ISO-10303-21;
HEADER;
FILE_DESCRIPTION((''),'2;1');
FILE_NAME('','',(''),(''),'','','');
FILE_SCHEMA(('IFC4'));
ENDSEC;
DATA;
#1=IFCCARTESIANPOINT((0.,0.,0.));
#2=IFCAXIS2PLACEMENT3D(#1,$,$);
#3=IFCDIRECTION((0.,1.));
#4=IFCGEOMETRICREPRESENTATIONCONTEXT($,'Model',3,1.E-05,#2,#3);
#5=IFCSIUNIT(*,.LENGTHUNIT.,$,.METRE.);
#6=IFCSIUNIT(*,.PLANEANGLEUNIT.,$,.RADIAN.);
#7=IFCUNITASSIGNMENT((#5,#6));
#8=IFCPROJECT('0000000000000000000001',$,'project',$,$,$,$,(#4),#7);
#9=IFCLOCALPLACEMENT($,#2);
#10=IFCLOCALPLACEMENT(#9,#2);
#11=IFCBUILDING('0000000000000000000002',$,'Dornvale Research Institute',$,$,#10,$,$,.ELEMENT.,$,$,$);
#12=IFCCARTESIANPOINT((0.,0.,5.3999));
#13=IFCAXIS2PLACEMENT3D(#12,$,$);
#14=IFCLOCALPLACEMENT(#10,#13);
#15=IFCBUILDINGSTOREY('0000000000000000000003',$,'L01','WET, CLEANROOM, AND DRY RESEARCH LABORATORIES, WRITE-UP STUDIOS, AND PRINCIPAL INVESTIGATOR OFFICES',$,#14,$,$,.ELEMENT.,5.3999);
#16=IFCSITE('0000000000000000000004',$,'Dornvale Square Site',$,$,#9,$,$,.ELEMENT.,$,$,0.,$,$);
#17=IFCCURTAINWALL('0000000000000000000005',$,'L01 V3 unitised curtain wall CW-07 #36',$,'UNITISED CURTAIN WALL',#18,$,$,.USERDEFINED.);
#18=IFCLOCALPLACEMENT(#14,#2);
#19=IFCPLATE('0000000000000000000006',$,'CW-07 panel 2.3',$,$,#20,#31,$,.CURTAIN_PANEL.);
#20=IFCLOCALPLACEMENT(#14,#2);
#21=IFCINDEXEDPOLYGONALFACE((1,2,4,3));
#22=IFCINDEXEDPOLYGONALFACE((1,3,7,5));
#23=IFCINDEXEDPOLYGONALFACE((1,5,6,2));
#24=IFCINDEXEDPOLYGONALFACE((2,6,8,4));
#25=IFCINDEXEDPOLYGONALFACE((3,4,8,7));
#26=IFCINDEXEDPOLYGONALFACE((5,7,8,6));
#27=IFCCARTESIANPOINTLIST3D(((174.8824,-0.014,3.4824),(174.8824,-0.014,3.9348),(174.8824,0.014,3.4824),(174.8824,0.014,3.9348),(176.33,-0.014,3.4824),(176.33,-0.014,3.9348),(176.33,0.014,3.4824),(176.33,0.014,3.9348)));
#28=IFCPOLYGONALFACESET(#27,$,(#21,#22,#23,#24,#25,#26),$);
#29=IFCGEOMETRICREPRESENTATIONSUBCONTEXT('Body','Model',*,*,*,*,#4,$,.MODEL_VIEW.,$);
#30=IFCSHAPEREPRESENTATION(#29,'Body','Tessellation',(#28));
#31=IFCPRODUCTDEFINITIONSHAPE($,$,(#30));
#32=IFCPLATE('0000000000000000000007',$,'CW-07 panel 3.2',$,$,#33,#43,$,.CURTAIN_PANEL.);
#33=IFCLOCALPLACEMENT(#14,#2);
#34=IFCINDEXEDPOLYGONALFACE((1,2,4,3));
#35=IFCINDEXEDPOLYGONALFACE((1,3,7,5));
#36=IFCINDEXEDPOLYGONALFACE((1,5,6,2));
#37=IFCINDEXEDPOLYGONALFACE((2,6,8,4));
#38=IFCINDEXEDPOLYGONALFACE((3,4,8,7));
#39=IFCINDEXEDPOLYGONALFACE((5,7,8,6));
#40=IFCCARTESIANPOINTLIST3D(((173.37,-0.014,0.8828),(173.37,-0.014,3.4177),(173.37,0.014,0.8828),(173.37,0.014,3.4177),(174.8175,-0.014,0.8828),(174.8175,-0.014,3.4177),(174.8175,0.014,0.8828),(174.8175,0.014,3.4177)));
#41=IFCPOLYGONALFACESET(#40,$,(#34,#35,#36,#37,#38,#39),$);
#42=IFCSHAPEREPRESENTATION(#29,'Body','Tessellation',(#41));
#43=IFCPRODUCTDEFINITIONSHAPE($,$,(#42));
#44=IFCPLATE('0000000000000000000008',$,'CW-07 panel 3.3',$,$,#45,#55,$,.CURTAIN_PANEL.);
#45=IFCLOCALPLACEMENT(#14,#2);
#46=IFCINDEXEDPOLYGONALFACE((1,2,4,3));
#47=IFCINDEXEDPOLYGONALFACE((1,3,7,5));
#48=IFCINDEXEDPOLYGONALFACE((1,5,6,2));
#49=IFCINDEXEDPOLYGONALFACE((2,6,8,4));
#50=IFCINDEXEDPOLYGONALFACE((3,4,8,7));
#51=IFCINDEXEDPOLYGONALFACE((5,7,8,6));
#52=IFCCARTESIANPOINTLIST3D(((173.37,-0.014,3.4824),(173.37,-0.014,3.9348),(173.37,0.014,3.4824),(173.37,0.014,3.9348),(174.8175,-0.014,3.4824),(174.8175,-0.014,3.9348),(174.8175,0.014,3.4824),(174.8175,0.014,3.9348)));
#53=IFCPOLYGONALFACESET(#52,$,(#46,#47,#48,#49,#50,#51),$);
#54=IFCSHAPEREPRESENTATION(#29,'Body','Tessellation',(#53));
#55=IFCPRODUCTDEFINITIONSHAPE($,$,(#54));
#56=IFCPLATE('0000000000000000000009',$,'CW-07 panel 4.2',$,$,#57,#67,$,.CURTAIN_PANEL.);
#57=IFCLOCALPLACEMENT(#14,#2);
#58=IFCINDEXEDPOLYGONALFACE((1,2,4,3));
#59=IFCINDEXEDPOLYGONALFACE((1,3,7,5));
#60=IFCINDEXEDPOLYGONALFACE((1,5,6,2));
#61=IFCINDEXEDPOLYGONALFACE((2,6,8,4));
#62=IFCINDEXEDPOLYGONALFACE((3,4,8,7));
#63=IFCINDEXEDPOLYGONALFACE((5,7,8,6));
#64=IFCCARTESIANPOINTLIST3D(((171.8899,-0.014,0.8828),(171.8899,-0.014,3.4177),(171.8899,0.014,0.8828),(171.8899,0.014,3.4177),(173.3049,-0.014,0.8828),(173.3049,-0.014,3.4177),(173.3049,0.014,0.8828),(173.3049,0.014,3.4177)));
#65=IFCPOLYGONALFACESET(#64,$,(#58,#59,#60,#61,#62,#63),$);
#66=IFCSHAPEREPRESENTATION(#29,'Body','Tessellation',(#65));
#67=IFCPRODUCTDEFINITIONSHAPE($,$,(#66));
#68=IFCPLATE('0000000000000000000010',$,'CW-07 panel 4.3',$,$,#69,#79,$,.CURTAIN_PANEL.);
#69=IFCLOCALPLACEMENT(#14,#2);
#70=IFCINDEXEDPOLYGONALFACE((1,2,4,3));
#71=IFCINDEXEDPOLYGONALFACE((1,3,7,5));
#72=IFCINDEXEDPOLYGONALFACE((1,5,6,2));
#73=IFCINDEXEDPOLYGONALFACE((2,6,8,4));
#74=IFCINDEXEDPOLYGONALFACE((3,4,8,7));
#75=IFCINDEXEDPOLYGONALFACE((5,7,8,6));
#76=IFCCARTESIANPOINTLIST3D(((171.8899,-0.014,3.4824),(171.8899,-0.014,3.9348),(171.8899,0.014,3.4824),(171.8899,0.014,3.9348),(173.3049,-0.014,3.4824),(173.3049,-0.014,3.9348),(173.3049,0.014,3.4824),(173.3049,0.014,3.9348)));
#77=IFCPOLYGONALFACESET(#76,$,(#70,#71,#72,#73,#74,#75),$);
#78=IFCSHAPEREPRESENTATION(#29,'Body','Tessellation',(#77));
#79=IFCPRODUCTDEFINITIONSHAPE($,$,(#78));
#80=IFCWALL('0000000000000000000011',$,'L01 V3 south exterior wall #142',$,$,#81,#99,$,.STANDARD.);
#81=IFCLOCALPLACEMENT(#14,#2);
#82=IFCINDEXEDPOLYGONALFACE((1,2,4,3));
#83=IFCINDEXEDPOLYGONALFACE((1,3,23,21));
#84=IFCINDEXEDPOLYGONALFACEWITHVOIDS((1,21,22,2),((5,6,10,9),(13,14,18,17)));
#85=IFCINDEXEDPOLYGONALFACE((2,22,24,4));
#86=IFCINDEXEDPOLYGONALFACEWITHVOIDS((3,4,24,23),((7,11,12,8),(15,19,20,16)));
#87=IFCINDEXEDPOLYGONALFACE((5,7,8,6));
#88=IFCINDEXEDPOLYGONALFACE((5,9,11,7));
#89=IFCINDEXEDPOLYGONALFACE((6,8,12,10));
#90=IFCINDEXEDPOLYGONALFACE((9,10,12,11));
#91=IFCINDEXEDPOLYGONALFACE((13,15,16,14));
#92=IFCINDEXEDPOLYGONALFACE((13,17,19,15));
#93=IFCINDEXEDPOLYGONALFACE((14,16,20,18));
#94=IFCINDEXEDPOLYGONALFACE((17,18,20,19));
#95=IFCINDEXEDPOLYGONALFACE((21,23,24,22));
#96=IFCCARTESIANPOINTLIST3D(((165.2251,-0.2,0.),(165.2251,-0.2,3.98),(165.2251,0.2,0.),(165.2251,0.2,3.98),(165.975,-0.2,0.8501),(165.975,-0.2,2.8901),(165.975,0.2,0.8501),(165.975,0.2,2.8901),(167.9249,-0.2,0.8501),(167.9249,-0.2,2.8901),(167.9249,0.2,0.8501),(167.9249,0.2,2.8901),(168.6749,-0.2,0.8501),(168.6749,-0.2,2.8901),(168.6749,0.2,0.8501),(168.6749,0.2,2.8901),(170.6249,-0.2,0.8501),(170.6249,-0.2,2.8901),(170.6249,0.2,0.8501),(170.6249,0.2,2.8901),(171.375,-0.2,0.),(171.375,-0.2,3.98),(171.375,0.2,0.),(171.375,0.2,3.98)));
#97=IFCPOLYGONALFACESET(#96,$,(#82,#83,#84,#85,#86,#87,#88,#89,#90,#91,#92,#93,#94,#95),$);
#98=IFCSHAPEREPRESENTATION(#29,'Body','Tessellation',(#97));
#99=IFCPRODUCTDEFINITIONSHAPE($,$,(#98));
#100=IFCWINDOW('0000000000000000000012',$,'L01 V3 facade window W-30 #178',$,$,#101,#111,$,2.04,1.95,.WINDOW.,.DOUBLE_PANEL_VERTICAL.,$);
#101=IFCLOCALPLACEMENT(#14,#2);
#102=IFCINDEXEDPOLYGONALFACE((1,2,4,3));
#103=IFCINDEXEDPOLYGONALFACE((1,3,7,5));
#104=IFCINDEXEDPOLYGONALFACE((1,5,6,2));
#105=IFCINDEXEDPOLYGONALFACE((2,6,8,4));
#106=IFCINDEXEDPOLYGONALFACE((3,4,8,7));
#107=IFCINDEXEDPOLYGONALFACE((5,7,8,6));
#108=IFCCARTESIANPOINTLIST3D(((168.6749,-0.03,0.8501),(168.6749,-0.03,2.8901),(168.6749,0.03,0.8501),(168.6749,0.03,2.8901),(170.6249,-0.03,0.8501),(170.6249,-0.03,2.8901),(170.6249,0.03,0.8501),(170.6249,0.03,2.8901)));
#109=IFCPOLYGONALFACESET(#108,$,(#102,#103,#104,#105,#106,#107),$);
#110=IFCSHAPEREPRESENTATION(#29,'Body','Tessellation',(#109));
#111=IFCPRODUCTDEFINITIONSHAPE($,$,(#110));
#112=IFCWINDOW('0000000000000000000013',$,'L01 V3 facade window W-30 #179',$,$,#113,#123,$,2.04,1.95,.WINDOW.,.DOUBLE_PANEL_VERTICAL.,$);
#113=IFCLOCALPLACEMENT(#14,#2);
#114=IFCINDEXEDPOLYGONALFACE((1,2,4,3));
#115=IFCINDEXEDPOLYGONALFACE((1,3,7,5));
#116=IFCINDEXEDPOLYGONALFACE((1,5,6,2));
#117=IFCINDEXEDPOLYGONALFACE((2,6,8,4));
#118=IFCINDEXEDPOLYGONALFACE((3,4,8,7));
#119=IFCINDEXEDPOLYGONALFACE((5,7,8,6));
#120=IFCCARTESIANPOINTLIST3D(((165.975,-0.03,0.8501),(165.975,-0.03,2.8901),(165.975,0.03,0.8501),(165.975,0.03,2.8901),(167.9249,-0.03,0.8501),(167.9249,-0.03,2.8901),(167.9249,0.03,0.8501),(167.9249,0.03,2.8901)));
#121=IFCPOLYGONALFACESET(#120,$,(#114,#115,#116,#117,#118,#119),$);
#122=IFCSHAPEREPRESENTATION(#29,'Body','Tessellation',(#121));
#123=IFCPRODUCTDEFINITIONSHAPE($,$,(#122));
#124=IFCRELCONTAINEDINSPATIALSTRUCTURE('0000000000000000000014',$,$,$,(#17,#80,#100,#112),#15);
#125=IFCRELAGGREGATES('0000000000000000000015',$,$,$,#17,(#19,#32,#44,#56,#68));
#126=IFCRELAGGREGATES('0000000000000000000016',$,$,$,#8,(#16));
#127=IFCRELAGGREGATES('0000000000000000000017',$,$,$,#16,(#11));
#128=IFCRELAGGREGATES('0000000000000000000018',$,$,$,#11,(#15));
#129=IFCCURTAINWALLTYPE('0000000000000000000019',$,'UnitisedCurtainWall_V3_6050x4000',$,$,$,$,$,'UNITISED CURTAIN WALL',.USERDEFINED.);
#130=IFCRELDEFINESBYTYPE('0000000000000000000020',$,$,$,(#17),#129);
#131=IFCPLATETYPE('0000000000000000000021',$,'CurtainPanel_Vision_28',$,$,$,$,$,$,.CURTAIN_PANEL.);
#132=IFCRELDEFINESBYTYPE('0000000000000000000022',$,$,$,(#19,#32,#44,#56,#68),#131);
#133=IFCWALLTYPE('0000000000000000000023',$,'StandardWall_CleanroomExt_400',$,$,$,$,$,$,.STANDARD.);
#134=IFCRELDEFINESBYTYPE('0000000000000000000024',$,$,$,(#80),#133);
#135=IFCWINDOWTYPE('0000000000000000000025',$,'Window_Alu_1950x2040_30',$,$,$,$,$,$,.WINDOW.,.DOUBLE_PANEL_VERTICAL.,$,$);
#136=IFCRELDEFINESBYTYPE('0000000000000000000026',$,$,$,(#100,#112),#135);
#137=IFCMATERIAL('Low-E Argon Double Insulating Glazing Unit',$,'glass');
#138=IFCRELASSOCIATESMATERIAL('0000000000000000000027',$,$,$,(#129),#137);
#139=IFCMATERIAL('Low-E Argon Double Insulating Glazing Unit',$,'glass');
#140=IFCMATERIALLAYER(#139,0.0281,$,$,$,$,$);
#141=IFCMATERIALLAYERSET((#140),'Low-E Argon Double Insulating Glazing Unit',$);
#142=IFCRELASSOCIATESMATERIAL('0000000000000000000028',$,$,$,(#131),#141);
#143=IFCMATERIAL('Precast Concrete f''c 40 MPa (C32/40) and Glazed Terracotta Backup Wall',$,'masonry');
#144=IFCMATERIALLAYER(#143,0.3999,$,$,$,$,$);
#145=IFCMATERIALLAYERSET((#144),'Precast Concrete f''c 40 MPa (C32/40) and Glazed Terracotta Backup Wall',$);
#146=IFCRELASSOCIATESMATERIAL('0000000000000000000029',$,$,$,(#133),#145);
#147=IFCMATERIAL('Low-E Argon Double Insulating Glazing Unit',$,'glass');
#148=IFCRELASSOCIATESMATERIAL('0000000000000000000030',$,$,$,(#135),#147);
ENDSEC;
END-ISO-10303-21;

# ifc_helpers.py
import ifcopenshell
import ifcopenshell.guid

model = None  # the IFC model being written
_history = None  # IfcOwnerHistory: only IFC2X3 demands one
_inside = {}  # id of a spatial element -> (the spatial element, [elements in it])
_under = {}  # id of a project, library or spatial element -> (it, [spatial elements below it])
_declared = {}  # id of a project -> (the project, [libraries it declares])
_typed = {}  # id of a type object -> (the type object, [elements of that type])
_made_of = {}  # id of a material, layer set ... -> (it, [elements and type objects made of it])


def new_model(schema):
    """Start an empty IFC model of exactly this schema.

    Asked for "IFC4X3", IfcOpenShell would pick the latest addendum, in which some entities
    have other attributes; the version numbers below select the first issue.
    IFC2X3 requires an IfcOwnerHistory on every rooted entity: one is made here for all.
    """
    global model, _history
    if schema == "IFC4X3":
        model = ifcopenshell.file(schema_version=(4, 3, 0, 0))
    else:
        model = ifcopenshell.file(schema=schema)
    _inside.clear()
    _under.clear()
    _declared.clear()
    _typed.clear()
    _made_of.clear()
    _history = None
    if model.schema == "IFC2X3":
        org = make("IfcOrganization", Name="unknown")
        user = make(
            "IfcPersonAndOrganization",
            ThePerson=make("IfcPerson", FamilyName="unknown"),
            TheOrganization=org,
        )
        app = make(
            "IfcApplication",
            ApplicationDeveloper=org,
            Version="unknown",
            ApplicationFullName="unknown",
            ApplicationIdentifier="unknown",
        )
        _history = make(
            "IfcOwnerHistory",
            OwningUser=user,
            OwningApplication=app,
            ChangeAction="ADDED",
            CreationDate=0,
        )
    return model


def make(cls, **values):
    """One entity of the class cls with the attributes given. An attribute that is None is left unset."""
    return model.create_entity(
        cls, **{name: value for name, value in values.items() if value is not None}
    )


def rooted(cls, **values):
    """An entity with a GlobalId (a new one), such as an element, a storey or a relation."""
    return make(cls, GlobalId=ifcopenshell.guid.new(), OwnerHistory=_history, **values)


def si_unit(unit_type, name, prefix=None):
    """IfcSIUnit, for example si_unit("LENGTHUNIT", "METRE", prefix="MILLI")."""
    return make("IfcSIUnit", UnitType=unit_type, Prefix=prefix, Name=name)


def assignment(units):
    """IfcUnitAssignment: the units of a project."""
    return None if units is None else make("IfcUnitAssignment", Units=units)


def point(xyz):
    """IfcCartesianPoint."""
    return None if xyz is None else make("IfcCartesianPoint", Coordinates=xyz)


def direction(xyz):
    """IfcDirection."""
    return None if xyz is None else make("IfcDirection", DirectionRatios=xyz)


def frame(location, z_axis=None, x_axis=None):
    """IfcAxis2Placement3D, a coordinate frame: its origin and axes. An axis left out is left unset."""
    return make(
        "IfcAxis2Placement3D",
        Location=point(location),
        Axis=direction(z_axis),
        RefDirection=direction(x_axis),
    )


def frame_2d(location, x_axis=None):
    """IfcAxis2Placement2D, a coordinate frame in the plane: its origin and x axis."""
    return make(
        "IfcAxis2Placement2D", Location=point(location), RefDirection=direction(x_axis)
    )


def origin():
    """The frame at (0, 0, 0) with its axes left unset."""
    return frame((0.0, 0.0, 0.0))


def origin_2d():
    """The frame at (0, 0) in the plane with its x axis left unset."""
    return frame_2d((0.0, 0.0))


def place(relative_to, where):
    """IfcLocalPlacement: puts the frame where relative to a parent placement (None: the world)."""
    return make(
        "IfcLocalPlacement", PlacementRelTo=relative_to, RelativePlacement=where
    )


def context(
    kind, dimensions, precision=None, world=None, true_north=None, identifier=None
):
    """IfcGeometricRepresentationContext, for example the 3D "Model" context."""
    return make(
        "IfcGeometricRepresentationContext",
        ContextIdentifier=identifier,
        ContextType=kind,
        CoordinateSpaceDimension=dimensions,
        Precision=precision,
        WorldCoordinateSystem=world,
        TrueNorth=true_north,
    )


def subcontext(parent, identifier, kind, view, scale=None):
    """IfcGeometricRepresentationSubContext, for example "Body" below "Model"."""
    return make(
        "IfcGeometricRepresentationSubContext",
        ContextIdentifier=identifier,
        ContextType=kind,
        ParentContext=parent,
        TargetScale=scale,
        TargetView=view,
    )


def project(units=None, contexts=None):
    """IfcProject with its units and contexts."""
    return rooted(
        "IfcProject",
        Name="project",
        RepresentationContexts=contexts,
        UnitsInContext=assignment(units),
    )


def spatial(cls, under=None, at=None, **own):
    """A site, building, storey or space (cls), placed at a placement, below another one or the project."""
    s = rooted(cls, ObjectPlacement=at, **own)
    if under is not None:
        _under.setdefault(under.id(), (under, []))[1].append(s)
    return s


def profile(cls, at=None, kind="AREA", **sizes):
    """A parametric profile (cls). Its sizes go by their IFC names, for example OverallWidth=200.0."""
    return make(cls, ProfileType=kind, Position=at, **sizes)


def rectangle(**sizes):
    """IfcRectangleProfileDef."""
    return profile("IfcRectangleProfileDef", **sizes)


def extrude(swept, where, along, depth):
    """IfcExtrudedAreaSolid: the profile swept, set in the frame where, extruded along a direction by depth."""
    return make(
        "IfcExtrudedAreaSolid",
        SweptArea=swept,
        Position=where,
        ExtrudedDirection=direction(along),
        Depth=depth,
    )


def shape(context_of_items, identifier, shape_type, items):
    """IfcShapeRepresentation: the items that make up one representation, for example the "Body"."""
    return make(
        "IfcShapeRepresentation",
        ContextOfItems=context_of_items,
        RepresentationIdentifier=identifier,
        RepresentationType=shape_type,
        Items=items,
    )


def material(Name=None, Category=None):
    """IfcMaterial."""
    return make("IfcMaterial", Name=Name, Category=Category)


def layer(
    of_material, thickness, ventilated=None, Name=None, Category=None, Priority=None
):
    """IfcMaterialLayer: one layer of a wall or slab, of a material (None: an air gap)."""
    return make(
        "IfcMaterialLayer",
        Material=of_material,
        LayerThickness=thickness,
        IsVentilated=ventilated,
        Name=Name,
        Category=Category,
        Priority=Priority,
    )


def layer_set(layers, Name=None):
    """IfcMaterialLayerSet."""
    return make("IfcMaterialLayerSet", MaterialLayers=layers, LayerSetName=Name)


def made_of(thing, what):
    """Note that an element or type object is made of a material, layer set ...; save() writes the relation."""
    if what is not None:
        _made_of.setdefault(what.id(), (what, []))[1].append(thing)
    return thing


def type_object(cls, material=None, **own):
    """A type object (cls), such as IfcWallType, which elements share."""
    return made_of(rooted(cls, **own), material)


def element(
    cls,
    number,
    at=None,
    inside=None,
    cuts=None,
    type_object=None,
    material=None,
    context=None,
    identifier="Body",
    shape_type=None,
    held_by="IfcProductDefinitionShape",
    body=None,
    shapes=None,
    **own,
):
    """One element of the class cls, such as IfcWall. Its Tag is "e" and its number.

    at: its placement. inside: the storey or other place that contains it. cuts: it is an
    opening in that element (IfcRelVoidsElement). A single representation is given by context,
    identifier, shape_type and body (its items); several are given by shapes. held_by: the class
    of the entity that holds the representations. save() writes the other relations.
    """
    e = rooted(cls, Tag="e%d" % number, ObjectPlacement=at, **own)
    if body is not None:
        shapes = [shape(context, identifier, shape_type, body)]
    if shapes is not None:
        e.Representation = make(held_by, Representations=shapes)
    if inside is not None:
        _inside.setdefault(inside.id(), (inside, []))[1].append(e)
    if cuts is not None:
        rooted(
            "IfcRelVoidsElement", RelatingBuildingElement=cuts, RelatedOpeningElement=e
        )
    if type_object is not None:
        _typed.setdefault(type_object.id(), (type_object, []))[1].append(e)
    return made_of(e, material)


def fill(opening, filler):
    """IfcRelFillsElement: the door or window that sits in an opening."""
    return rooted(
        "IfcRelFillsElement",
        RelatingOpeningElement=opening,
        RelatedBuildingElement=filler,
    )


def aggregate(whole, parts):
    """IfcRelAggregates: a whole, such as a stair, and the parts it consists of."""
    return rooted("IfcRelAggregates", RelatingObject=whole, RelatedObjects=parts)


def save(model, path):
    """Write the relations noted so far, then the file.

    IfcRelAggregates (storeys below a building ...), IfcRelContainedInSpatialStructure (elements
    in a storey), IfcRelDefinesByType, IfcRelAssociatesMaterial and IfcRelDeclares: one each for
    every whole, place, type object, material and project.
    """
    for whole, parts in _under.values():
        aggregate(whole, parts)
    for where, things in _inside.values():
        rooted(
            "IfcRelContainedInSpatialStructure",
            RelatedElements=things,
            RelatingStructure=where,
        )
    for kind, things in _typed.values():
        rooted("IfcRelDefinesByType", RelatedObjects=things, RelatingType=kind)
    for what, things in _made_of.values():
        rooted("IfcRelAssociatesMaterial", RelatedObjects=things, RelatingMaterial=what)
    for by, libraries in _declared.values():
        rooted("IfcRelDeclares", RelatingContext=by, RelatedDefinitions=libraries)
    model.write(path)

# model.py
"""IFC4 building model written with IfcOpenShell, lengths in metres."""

from ifc_helpers import new_model, si_unit, direction, frame, frame_2d, origin, origin_2d, place, context, subcontext, project, spatial, rectangle, extrude, material, layer, layer_set, type_object, element, fill, aggregate, save


model = new_model("IFC4")

# Units and contexts
model_context = context("Model", 3, precision=1e-05, world=origin(), true_north=direction((0.0, 1.0)))
body_context = subcontext(model_context, "Body", "Model", "MODEL_VIEW")
ifc_project = project(units=[si_unit("LENGTHUNIT", "METRE"), si_unit("PLANEANGLEUNIT", "RADIAN")], contexts=[model_context])

# Site, building, storey
site_placement = place(None, origin())
site = spatial("IfcSite", under=ifc_project, at=site_placement, Name="Dornvale Square Site", CompositionType="ELEMENT", RefElevation=0.0)
building_placement = place(site_placement, origin())
building = spatial("IfcBuilding", under=site, at=building_placement, Name="Dornvale Research Institute", CompositionType="ELEMENT")
storey_placement = place(building_placement, frame((0.0, 0.0, 5.3999)))
storey = spatial("IfcBuildingStorey", under=building, at=storey_placement, Name="L01", Description="WET, CLEANROOM, AND DRY RESEARCH LABORATORIES, WRITE-UP STUDIOS, AND PRINCIPAL INVESTIGATOR OFFICES", CompositionType="ELEMENT", Elevation=5.3999)

# Curtain wall
ifc_material_1 = material(Name="Low-E Argon Double Insulating Glazing Unit", Category="glass")
curtain_wall_type = type_object("IfcCurtainWallType", Name="UnitisedCurtainWall_V3_6050x4000", ElementType="UNITISED CURTAIN WALL", PredefinedType="USERDEFINED", material=ifc_material_1)
curtain_wall_placement = place(storey_placement, origin())
curtain_wall = element("IfcCurtainWall", 1, at=curtain_wall_placement, inside=storey, type_object=curtain_wall_type, Name="L01 V3 unitised curtain wall CW-07 #36", ObjectType="UNITISED CURTAIN WALL", PredefinedType="USERDEFINED")

# Plates
ifc_material_2 = material(Name="Low-E Argon Double Insulating Glazing Unit", Category="glass")
ifc_layer_1 = layer(ifc_material_2, 0.0281)
ifc_layer_set_1 = layer_set([ifc_layer_1], Name="Low-E Argon Double Insulating Glazing Unit")
plate_type_1 = type_object("IfcPlateType", Name="CurtainPanel_Vision_28", PredefinedType="CURTAIN_PANEL", material=ifc_layer_set_1)
plate_1_placement = place(storey_placement, frame((175.6062, 0.0, 3.4824), z_axis=(0.0, 0.0, 1.0), x_axis=(-1.0, 0.0, 0.0)))
plate_1 = element("IfcPlate", 2, at=plate_1_placement, type_object=plate_type_1, Name="CW-07 panel 2.3", PredefinedType="CURTAIN_PANEL", context=body_context, shape_type="SweptSolid", body=[
    extrude(rectangle(XDim=1.4475, YDim=0.0281, at=origin_2d()), origin(), (0.0, 0.0, 1.0), 0.4524),
])
plate_2_placement = place(storey_placement, frame((174.0938, 0.0, 0.8828), z_axis=(0.0, 0.0, 1.0), x_axis=(-1.0, 0.0, 0.0)))
plate_2 = element("IfcPlate", 3, at=plate_2_placement, type_object=plate_type_1, Name="CW-07 panel 3.2", PredefinedType="CURTAIN_PANEL", context=body_context, shape_type="SweptSolid", body=[
    extrude(rectangle(XDim=1.4475, YDim=0.0281, at=origin_2d()), origin(), (0.0, 0.0, 1.0), 2.5349),
])
plate_3_placement = place(storey_placement, frame((174.0938, 0.0, 3.4824), z_axis=(0.0, 0.0, 1.0), x_axis=(-1.0, 0.0, 0.0)))
plate_3 = element("IfcPlate", 4, at=plate_3_placement, type_object=plate_type_1, Name="CW-07 panel 3.3", PredefinedType="CURTAIN_PANEL", context=body_context, shape_type="SweptSolid", body=[
    extrude(rectangle(XDim=1.4475, YDim=0.0281, at=origin_2d()), origin(), (0.0, 0.0, 1.0), 0.4524),
])
plate_4_placement = place(storey_placement, frame((172.5974, 0.0, 0.8828), z_axis=(0.0, 0.0, 1.0), x_axis=(-1.0, 0.0, 0.0)))
plate_4 = element("IfcPlate", 5, at=plate_4_placement, type_object=plate_type_1, Name="CW-07 panel 4.2", PredefinedType="CURTAIN_PANEL", context=body_context, shape_type="SweptSolid", body=[
    extrude(rectangle(XDim=1.415, YDim=0.0281, at=origin_2d()), origin(), (0.0, 0.0, 1.0), 2.5349),
])
plate_5_placement = place(storey_placement, frame((172.5974, 0.0, 3.4824), z_axis=(0.0, 0.0, 1.0), x_axis=(-1.0, 0.0, 0.0)))
plate_5 = element("IfcPlate", 6, at=plate_5_placement, type_object=plate_type_1, Name="CW-07 panel 4.3", PredefinedType="CURTAIN_PANEL", context=body_context, shape_type="SweptSolid", body=[
    extrude(rectangle(XDim=1.415, YDim=0.0281, at=origin_2d()), origin(), (0.0, 0.0, 1.0), 0.4524),
])
aggregate(curtain_wall, [plate_1, plate_2, plate_3, plate_4, plate_5])

# Wall, openings, windows
ifc_material_3 = material(Name="Precast Concrete f'c 40 MPa (C32/40) and Glazed Terracotta Backup Wall", Category="masonry")
ifc_layer_2 = layer(ifc_material_3, 0.3999)
ifc_layer_set_2 = layer_set([ifc_layer_2], Name="Precast Concrete f'c 40 MPa (C32/40) and Glazed Terracotta Backup Wall")
wall_type = type_object("IfcWallType", Name="StandardWall_CleanroomExt_400", PredefinedType="STANDARD", material=ifc_layer_set_2)
wall_placement = place(storey_placement, frame((171.375, 0.0, 0.0), z_axis=(0.0, 0.0, 1.0), x_axis=(-1.0, 0.0, 0.0)))
wall = element("IfcWall", 7, at=wall_placement, inside=storey, type_object=wall_type, Name="L01 V3 south exterior wall #142", PredefinedType="STANDARD", context=body_context, shape_type="SweptSolid", body=[
    extrude(rectangle(XDim=6.1499, YDim=0.3999, at=frame_2d((3.075, 0.0))), origin(), (0.0, 0.0, 1.0), 3.98),
])
opening_1_placement = place(wall_placement, frame((0.75, 0.0, 0.8501)))
opening_1 = element("IfcOpeningElement", 8, at=opening_1_placement, cuts=wall, PredefinedType="OPENING", context=body_context, shape_type="SweptSolid", body=[
    extrude(rectangle(XDim=1.95, YDim=2.04, at=frame_2d((0.9751, 1.02))), frame((0.0, 0.2148, 0.0), z_axis=(0.0, -1.0, 0.0), x_axis=(1.0, 0.0, 0.0)), (0.0, 0.0, 1.0), 0.4299),
])
opening_2_placement = place(wall_placement, frame((3.45, 0.0, 0.8501)))
opening_2 = element("IfcOpeningElement", 9, at=opening_2_placement, cuts=wall, PredefinedType="OPENING", context=body_context, shape_type="SweptSolid", body=[
    extrude(rectangle(XDim=1.95, YDim=2.04, at=frame_2d((0.9751, 1.02))), frame((0.0, 0.2148, 0.0), z_axis=(0.0, -1.0, 0.0), x_axis=(1.0, 0.0, 0.0)), (0.0, 0.0, 1.0), 0.4299),
])
ifc_material_4 = material(Name="Low-E Argon Double Insulating Glazing Unit", Category="glass")
window_type = type_object("IfcWindowType", Name="Window_Alu_1950x2040_30", PartitioningType="DOUBLE_PANEL_VERTICAL", PredefinedType="WINDOW", material=ifc_material_4)
window_1_placement = place(opening_1_placement, origin())
window_1 = element("IfcWindow", 10, at=window_1_placement, inside=storey, type_object=window_type, Name="L01 V3 facade window W-30 #178", OverallHeight=2.04, OverallWidth=1.95, PartitioningType="DOUBLE_PANEL_VERTICAL", PredefinedType="WINDOW", context=body_context, shape_type="SweptSolid", body=[
    extrude(rectangle(XDim=1.95, YDim=2.04, at=frame_2d((0.9751, 1.02))), frame((0.0, 0.03, 0.0), z_axis=(0.0, -1.0, 0.0), x_axis=(1.0, 0.0, 0.0)), (0.0, 0.0, 1.0), 0.0601),
])
fill(opening_1, window_1)
window_2_placement = place(opening_2_placement, origin())
window_2 = element("IfcWindow", 11, at=window_2_placement, inside=storey, type_object=window_type, Name="L01 V3 facade window W-30 #179", OverallHeight=2.04, OverallWidth=1.95, PartitioningType="DOUBLE_PANEL_VERTICAL", PredefinedType="WINDOW", context=body_context, shape_type="SweptSolid", body=[
    extrude(rectangle(XDim=1.95, YDim=2.04, at=frame_2d((0.9751, 1.02))), frame((0.0, 0.03, 0.0), z_axis=(0.0, -1.0, 0.0), x_axis=(1.0, 0.0, 0.0)), (0.0, 0.0, 1.0), 0.0601),
])
fill(opening_2, window_2)

save(model, "model.ifc")
